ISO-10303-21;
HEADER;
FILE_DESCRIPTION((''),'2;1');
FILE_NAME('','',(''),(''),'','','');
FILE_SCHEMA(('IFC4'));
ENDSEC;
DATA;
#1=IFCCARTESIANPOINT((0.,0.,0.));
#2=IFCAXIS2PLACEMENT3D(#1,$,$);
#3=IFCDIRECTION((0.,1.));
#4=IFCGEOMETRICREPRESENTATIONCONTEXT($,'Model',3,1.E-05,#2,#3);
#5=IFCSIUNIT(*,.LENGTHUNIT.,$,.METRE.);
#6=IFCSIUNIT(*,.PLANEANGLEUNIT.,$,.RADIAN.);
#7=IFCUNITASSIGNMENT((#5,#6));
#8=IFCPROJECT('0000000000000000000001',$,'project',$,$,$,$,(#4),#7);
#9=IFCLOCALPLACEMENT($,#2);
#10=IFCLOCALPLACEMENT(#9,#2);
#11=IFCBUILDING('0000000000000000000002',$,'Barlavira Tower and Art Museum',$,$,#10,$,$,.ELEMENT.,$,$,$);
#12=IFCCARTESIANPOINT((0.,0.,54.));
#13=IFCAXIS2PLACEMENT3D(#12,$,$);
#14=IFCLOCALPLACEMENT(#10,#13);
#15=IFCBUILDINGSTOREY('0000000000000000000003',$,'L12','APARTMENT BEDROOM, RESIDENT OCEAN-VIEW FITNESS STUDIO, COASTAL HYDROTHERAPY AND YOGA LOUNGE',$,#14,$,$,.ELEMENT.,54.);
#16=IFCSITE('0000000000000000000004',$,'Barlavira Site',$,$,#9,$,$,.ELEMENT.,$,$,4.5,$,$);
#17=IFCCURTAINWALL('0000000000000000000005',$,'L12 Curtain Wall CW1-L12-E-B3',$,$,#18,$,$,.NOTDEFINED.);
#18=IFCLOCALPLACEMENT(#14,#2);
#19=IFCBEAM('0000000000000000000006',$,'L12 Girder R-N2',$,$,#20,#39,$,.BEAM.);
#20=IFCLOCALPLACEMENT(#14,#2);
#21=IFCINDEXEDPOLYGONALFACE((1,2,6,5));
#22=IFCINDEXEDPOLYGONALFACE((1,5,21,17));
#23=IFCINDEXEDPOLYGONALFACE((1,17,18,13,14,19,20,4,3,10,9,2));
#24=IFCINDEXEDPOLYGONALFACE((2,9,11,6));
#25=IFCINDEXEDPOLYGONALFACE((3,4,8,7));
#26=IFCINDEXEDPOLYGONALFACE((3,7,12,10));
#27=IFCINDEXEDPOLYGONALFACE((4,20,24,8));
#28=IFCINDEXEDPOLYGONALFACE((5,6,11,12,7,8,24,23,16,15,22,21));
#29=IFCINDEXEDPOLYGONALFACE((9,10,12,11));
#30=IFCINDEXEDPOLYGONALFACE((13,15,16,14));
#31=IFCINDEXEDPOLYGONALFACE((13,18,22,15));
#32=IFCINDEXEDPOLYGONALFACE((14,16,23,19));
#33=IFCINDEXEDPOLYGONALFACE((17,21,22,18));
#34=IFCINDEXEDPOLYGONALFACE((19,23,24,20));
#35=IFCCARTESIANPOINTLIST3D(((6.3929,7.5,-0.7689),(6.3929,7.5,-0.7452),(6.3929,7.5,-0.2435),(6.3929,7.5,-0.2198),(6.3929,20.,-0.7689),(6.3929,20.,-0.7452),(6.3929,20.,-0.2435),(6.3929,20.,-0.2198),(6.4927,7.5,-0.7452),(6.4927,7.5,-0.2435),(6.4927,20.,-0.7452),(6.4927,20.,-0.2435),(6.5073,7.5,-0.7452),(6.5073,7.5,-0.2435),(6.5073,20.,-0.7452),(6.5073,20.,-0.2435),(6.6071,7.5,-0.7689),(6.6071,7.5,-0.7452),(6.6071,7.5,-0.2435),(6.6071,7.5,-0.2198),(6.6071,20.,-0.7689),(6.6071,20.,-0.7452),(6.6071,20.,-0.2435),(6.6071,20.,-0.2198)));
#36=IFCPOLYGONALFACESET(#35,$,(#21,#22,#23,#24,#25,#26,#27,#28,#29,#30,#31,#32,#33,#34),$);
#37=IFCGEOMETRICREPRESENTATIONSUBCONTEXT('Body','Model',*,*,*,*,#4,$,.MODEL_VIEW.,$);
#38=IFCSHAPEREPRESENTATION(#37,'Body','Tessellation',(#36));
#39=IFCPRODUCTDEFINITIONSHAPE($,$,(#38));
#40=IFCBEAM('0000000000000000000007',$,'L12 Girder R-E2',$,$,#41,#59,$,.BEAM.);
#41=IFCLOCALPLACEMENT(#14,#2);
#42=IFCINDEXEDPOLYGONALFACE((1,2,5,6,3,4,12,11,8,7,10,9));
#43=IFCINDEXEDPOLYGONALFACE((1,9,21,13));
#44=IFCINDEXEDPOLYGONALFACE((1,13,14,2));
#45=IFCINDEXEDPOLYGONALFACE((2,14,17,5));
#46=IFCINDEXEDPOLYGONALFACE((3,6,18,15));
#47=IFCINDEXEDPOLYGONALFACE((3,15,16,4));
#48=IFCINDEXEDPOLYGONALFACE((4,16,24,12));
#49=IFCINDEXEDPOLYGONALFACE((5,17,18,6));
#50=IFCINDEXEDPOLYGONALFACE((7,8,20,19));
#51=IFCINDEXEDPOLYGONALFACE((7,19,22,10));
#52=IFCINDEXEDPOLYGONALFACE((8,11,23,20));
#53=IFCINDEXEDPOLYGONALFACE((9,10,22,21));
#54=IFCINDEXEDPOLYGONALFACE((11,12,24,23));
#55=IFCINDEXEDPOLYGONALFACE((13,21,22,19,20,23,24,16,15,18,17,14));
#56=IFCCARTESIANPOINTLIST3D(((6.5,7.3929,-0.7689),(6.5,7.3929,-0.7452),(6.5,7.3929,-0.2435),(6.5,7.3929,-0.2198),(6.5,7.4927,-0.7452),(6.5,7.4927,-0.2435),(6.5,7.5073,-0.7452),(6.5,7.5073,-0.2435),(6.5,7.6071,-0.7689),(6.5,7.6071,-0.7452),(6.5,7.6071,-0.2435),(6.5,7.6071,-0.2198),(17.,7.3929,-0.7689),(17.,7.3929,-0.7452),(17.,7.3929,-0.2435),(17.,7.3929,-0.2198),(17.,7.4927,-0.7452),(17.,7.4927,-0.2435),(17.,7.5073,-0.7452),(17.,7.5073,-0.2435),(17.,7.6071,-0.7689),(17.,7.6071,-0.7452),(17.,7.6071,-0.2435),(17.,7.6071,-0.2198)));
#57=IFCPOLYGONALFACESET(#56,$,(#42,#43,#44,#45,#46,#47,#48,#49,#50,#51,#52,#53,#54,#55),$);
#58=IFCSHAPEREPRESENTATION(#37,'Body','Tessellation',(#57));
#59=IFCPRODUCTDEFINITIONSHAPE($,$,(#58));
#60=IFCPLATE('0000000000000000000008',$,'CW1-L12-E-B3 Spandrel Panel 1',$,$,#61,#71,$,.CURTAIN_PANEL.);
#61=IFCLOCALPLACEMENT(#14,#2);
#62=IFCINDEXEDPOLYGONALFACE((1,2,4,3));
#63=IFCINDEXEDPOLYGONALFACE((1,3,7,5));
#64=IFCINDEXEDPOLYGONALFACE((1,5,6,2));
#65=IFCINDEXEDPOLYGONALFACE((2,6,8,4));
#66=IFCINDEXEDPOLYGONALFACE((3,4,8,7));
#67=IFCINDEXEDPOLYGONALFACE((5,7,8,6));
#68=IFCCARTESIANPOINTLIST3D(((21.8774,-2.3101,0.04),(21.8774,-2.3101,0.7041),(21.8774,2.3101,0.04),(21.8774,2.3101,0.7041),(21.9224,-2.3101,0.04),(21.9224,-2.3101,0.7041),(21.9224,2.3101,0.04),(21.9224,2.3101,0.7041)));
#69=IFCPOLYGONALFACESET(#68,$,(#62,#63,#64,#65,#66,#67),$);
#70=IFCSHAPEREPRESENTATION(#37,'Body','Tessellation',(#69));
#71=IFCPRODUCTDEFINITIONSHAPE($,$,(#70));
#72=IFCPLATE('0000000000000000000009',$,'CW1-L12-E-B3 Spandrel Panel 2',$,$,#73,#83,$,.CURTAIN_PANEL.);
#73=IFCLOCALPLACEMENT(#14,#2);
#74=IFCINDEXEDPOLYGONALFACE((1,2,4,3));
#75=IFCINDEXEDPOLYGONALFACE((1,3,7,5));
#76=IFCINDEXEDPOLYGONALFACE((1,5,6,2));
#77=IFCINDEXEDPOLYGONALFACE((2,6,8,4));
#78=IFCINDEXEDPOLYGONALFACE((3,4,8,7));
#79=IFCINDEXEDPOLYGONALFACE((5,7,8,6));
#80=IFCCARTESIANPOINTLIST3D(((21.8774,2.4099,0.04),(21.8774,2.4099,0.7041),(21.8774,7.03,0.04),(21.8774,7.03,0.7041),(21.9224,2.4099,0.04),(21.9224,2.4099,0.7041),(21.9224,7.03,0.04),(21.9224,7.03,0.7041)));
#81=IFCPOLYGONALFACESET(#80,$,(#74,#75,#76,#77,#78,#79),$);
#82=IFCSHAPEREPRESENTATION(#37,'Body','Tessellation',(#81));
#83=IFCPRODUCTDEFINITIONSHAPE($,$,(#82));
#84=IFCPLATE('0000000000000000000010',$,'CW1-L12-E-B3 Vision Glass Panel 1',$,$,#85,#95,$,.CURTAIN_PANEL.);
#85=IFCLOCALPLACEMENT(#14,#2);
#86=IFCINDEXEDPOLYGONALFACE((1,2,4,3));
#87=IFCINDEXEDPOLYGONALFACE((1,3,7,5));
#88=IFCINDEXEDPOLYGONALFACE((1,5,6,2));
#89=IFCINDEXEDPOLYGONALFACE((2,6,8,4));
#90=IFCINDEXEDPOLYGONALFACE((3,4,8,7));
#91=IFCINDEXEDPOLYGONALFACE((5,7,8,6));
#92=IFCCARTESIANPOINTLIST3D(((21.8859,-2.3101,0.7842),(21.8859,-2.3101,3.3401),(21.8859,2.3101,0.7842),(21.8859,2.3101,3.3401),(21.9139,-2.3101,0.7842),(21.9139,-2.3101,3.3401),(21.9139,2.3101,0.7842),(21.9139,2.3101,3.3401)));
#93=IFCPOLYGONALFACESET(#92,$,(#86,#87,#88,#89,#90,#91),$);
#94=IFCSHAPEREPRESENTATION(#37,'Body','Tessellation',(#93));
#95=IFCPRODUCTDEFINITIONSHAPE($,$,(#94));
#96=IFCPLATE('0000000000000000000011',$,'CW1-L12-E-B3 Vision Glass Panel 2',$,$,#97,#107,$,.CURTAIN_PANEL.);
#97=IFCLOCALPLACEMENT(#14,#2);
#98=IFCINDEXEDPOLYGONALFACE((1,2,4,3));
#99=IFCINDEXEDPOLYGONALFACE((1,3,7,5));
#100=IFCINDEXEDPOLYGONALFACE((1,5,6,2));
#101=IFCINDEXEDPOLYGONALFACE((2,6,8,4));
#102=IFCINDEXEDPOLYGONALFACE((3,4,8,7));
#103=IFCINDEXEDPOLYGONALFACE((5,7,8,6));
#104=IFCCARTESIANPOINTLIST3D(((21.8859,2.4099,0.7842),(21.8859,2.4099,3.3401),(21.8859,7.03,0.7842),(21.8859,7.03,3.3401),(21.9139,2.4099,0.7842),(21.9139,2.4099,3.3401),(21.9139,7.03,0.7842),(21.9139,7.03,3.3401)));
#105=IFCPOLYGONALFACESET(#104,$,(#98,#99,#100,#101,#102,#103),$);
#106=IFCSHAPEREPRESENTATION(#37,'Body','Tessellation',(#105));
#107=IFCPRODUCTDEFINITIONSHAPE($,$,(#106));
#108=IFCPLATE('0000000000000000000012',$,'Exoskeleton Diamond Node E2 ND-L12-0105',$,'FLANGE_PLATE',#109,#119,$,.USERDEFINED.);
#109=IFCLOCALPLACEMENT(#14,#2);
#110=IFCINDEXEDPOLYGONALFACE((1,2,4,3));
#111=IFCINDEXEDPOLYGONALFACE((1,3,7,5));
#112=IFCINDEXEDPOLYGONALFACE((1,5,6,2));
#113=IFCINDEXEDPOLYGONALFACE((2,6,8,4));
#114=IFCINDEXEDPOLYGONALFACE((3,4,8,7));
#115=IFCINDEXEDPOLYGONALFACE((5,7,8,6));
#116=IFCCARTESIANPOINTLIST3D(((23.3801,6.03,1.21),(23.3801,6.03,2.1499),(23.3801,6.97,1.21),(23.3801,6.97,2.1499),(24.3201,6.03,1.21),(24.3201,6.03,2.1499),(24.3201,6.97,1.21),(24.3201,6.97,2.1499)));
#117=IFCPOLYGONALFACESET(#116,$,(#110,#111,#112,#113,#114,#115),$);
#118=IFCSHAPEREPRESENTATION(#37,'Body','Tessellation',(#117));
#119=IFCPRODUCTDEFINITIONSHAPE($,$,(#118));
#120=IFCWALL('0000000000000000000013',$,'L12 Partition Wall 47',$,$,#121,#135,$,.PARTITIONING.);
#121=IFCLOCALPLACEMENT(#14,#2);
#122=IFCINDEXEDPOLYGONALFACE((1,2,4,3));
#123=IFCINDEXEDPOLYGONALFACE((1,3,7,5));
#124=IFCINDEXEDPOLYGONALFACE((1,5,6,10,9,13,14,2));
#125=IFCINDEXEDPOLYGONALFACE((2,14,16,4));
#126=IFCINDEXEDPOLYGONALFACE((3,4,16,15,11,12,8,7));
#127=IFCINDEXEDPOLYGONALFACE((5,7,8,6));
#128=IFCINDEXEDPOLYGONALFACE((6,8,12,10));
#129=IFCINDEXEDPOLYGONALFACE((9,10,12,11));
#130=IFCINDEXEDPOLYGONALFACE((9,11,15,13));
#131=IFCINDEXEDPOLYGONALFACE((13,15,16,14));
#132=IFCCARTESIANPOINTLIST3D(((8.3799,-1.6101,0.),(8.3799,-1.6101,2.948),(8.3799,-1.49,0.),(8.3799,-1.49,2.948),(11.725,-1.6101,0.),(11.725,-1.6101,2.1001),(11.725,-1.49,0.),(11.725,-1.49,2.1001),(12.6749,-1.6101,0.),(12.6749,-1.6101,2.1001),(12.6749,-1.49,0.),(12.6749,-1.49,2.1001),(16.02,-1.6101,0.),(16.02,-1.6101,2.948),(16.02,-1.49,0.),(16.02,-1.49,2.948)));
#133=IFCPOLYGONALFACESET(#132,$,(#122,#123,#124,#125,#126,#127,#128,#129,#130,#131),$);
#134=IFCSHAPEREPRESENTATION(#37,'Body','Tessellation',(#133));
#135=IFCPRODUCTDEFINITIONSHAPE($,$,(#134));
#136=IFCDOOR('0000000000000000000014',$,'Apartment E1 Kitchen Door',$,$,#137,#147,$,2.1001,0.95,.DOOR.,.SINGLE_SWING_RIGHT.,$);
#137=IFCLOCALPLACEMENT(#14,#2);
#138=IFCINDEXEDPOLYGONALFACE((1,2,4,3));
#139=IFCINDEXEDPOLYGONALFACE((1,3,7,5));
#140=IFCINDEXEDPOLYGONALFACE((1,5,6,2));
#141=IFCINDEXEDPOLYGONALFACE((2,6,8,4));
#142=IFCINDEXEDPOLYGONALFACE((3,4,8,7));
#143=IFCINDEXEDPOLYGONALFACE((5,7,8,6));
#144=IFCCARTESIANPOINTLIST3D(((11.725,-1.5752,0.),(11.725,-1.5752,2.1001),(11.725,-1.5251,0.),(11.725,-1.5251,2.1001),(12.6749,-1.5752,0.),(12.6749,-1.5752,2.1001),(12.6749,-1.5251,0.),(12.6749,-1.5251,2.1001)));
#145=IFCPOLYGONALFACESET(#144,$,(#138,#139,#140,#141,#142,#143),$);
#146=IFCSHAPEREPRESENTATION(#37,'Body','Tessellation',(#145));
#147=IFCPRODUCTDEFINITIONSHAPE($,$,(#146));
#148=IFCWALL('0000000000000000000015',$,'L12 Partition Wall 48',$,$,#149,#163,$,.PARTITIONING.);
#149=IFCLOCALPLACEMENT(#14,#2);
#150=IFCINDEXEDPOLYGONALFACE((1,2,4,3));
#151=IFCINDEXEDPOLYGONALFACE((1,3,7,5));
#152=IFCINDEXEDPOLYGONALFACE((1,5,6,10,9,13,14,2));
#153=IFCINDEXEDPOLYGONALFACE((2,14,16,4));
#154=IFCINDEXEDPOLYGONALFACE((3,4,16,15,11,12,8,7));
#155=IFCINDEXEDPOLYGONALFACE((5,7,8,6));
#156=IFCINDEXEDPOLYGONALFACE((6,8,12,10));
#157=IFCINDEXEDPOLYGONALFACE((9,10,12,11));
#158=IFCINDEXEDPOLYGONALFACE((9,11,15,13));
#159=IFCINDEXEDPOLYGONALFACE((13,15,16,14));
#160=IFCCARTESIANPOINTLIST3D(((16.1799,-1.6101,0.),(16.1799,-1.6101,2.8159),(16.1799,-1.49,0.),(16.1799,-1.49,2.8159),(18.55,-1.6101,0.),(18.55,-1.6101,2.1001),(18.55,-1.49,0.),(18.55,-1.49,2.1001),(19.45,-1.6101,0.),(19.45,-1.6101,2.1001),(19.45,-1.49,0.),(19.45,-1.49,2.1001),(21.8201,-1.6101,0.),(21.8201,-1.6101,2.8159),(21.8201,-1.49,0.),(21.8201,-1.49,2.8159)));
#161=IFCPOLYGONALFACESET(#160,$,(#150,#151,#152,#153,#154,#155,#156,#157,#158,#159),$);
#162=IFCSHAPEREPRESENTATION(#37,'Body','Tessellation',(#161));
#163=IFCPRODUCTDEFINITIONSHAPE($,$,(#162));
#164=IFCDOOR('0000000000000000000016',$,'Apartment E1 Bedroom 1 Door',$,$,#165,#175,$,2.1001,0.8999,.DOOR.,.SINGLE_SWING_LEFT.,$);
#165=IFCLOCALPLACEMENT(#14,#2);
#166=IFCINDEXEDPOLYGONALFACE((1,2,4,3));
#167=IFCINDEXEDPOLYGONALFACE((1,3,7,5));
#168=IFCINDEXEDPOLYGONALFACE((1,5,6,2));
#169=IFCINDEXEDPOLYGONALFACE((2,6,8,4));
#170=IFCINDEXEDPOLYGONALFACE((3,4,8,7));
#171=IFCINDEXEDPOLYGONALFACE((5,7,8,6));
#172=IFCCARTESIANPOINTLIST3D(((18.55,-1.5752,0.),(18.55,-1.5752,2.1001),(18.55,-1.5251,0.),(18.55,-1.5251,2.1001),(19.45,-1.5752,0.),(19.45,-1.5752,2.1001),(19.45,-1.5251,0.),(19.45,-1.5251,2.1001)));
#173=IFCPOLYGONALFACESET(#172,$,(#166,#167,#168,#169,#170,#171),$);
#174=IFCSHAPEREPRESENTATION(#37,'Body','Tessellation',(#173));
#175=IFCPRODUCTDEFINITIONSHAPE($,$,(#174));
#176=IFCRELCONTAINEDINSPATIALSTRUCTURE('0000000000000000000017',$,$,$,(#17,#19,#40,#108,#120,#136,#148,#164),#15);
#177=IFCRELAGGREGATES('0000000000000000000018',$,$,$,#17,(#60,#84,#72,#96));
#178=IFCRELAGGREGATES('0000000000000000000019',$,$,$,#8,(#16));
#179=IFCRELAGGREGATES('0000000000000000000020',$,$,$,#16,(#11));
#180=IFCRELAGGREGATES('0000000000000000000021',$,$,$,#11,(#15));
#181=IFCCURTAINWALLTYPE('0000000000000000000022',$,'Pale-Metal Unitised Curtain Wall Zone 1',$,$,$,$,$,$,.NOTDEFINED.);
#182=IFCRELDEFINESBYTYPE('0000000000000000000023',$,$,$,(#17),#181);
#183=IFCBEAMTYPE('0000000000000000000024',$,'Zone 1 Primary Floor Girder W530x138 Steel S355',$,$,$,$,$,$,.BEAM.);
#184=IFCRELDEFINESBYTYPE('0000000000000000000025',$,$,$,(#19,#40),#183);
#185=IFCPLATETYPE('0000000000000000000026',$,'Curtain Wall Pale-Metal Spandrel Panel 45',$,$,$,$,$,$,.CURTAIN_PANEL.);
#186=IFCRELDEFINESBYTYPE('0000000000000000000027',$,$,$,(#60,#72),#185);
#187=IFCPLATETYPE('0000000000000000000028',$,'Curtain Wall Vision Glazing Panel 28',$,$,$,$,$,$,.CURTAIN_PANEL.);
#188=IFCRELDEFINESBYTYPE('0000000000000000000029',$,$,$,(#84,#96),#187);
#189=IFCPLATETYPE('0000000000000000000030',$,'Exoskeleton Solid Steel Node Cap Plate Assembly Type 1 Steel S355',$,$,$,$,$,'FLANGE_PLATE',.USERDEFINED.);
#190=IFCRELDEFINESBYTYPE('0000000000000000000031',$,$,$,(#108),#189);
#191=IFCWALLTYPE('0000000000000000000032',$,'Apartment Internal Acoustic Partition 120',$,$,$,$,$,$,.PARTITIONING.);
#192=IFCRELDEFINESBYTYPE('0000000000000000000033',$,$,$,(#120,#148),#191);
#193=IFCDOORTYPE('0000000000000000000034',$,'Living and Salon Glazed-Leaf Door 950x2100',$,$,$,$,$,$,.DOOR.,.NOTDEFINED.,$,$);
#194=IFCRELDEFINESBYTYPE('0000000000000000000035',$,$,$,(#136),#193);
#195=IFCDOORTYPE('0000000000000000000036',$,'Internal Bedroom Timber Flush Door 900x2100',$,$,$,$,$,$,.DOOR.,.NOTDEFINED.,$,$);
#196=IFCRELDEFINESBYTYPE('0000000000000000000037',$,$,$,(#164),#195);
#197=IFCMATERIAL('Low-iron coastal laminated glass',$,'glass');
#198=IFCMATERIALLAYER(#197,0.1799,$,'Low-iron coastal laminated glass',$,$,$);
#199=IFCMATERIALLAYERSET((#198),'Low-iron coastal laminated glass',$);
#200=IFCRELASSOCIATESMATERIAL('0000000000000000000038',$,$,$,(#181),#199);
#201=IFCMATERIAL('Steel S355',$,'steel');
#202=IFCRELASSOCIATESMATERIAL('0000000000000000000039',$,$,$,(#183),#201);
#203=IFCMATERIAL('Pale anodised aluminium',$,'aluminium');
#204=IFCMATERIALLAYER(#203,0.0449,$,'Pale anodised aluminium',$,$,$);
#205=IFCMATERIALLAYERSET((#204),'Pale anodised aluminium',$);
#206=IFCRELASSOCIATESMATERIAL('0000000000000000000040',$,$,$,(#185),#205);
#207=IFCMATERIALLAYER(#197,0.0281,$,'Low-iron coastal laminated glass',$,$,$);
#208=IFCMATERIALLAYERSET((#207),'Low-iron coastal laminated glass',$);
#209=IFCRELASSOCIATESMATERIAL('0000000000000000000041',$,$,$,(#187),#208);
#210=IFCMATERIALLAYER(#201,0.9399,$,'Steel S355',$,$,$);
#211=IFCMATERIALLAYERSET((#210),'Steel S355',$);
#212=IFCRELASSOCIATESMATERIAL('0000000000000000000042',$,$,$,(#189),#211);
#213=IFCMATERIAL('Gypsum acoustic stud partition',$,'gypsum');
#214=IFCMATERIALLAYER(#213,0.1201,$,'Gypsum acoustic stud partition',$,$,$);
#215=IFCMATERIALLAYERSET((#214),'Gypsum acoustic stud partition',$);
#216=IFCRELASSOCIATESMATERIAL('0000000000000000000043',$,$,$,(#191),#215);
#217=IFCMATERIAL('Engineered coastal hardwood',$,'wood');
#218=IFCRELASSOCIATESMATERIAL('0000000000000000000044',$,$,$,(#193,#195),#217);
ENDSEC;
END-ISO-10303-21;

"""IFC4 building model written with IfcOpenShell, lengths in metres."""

from ifc_helpers import new_model, si_unit, direction, frame, frame_2d, origin, origin_2d, place, context, subcontext, project, spatial, rectangle, i_section, extrude, material, layer, layer_set, material_profile, profile_set, type_object, element, fill, aggregate, save


model = new_model("IFC4")

# Units and contexts
model_context = context("Model", 3, precision=1e-05, world=origin(), true_north=direction((0.0, 1.0)))
body_context = subcontext(model_context, "Body", "Model", "MODEL_VIEW")
ifc_project = project(units=[si_unit("LENGTHUNIT", "METRE"), si_unit("PLANEANGLEUNIT", "RADIAN")], contexts=[model_context])

# Site, building, storey
site_placement = place(None, origin())
site = spatial("IfcSite", under=ifc_project, at=site_placement, Name="Barlavira Site", CompositionType="ELEMENT", RefElevation=4.5)
building_placement = place(site_placement, origin())
building = spatial("IfcBuilding", under=site, at=building_placement, Name="Barlavira Tower and Art Museum", CompositionType="ELEMENT")
storey_placement = place(building_placement, frame((0.0, 0.0, 54.0)))
storey = spatial("IfcBuildingStorey", under=building, at=storey_placement, Name="L12", Description="APARTMENT BEDROOM, RESIDENT OCEAN-VIEW FITNESS STUDIO, COASTAL HYDROTHERAPY AND YOGA LOUNGE", CompositionType="ELEMENT", Elevation=54.0)

# Shared definitions
ifc_material_1 = material(Name="Steel S355", Category="steel")

# Curtain wall
ifc_material_2 = material(Name="Low-iron coastal laminated glass", Category="glass")
ifc_layer_1 = layer(ifc_material_2, 0.1799, Name="Low-iron coastal laminated glass")
ifc_layer_set_1 = layer_set([ifc_layer_1], Name="Low-iron coastal laminated glass")
curtain_wall_type = type_object("IfcCurtainWallType", Name="Pale-Metal Unitised Curtain Wall Zone 1", PredefinedType="NOTDEFINED", material=ifc_layer_set_1)
curtain_wall_placement = place(storey_placement, origin())
curtain_wall = element("IfcCurtainWall", 1, at=curtain_wall_placement, inside=storey, type_object=curtain_wall_type, Name="L12 Curtain Wall CW1-L12-E-B3", PredefinedType="NOTDEFINED")
ifc_material_3 = material(Name="Pale anodised aluminium", Category="aluminium")

# Beams
ifc_material_profile_1 = material_profile(ifc_material_1, i_section(OverallWidth=0.2141, OverallDepth=0.5491, WebThickness=0.0146, FlangeThickness=0.0237, at=origin_2d()), Name="W530x138.0")
ifc_profile_set_1 = profile_set([ifc_material_profile_1], Name="Steel S355")
beam_type = type_object("IfcBeamType", Name="Zone 1 Primary Floor Girder W530x138 Steel S355", PredefinedType="BEAM", material=ifc_profile_set_1)
beam_1_placement = place(storey_placement, frame((6.5, 7.5, -0.4944), z_axis=(0.0, 1.0, 0.0), x_axis=(-1.0, 0.0, 0.0)))
element("IfcBeam", 2, at=beam_1_placement, inside=storey, type_object=beam_type, Name="L12 Girder R-N2", PredefinedType="BEAM", context=body_context, shape_type="SweptSolid", body=[
    extrude(i_section(OverallWidth=0.2141, OverallDepth=0.5491, WebThickness=0.0146, FlangeThickness=0.0237, at=origin_2d()), origin(), (0.0, 0.0, 1.0), 12.5),
])
beam_2_placement = place(storey_placement, frame((6.5, 7.5, -0.4944), z_axis=(1.0, 0.0, 0.0), x_axis=(0.0, 1.0, 0.0)))
element("IfcBeam", 3, at=beam_2_placement, inside=storey, type_object=beam_type, Name="L12 Girder R-E2", PredefinedType="BEAM", context=body_context, shape_type="SweptSolid", body=[
    extrude(i_section(OverallWidth=0.2141, OverallDepth=0.5491, WebThickness=0.0146, FlangeThickness=0.0237, at=origin_2d()), origin(), (0.0, 0.0, 1.0), 10.5),
])

# Plates
ifc_layer_2 = layer(ifc_material_3, 0.0449, Name="Pale anodised aluminium")
ifc_layer_set_2 = layer_set([ifc_layer_2], Name="Pale anodised aluminium")
plate_type_1 = type_object("IfcPlateType", Name="Curtain Wall Pale-Metal Spandrel Panel 45", PredefinedType="CURTAIN_PANEL", material=ifc_layer_set_2)
plate_1_placement = place(storey_placement, frame((21.8999, 0.0, 0.04), z_axis=(0.0, 0.0, 1.0), x_axis=(0.0, 1.0, 0.0)))
plate_1 = element("IfcPlate", 4, at=plate_1_placement, type_object=plate_type_1, Name="CW1-L12-E-B3 Spandrel Panel 1", PredefinedType="CURTAIN_PANEL", context=body_context, shape_type="SweptSolid", body=[
    extrude(rectangle(XDim=4.6201, YDim=0.0449, at=origin_2d()), origin(), (0.0, 0.0, 1.0), 0.6641),
])
plate_2_placement = place(storey_placement, frame((21.8999, 4.72, 0.04), z_axis=(0.0, 0.0, 1.0), x_axis=(0.0, 1.0, 0.0)))
plate_2 = element("IfcPlate", 5, at=plate_2_placement, type_object=plate_type_1, Name="CW1-L12-E-B3 Spandrel Panel 2", PredefinedType="CURTAIN_PANEL", context=body_context, shape_type="SweptSolid", body=[
    extrude(rectangle(XDim=4.6201, YDim=0.0449, at=origin_2d()), origin(), (0.0, 0.0, 1.0), 0.6641),
])
ifc_layer_3 = layer(ifc_material_2, 0.0281, Name="Low-iron coastal laminated glass")
ifc_layer_set_3 = layer_set([ifc_layer_3], Name="Low-iron coastal laminated glass")
plate_type_2 = type_object("IfcPlateType", Name="Curtain Wall Vision Glazing Panel 28", PredefinedType="CURTAIN_PANEL", material=ifc_layer_set_3)
plate_3_placement = place(storey_placement, frame((21.8999, 0.0, 0.7842), z_axis=(0.0, 0.0, 1.0), x_axis=(0.0, 1.0, 0.0)))
plate_3 = element("IfcPlate", 6, at=plate_3_placement, type_object=plate_type_2, Name="CW1-L12-E-B3 Vision Glass Panel 1", PredefinedType="CURTAIN_PANEL", context=body_context, shape_type="SweptSolid", body=[
    extrude(rectangle(XDim=4.6201, YDim=0.0281, at=origin_2d()), origin(), (0.0, 0.0, 1.0), 2.5559),
])
plate_4_placement = place(storey_placement, frame((21.8999, 4.72, 0.7842), z_axis=(0.0, 0.0, 1.0), x_axis=(0.0, 1.0, 0.0)))
plate_4 = element("IfcPlate", 7, at=plate_4_placement, type_object=plate_type_2, Name="CW1-L12-E-B3 Vision Glass Panel 2", PredefinedType="CURTAIN_PANEL", context=body_context, shape_type="SweptSolid", body=[
    extrude(rectangle(XDim=4.6201, YDim=0.0281, at=origin_2d()), origin(), (0.0, 0.0, 1.0), 2.5559),
])
aggregate(curtain_wall, [plate_1, plate_3, plate_2, plate_4])
ifc_layer_4 = layer(ifc_material_1, 0.9399, Name="Steel S355")
ifc_layer_set_4 = layer_set([ifc_layer_4], Name="Steel S355")
plate_type_3 = type_object("IfcPlateType", Name="Exoskeleton Solid Steel Node Cap Plate Assembly Type 1 Steel S355", ElementType="FLANGE_PLATE", PredefinedType="USERDEFINED", material=ifc_layer_set_4)
plate_5_placement = place(storey_placement, frame((23.8501, 6.5, 1.21), z_axis=(0.0, 0.0, 1.0), x_axis=(1.0, 0.0, 0.0)))
element("IfcPlate", 8, at=plate_5_placement, inside=storey, type_object=plate_type_3, Name="Exoskeleton Diamond Node E2 ND-L12-0105", ObjectType="FLANGE_PLATE", PredefinedType="USERDEFINED", context=body_context, shape_type="SweptSolid", body=[
    extrude(rectangle(XDim=0.9399, YDim=0.9399, at=origin_2d()), origin(), (0.0, 0.0, 1.0), 0.9399),
])

# Walls, openings, doors
ifc_material_4 = material(Name="Gypsum acoustic stud partition", Category="gypsum")
ifc_layer_5 = layer(ifc_material_4, 0.1201, Name="Gypsum acoustic stud partition")
ifc_layer_set_5 = layer_set([ifc_layer_5], Name="Gypsum acoustic stud partition")
wall_type = type_object("IfcWallType", Name="Apartment Internal Acoustic Partition 120", PredefinedType="PARTITIONING", material=ifc_layer_set_5)
wall_1_placement = place(storey_placement, frame((8.3799, -1.55, 0.0), z_axis=(0.0, 0.0, 1.0), x_axis=(1.0, 0.0, 0.0)))
wall_1 = element("IfcWall", 9, at=wall_1_placement, inside=storey, type_object=wall_type, Name="L12 Partition Wall 47", PredefinedType="PARTITIONING", context=body_context, shape_type="SweptSolid", body=[
    extrude(rectangle(XDim=7.6401, YDim=0.1201, at=frame_2d((3.8201, 0.0))), origin(), (0.0, 0.0, 1.0), 2.948),
])
opening_1_placement = place(wall_1_placement, frame((3.345, 0.0, 0.0)))
opening_1 = element("IfcOpeningElement", 10, at=opening_1_placement, cuts=wall_1, PredefinedType="OPENING", context=body_context, shape_type="SweptSolid", body=[
    extrude(rectangle(XDim=0.95, YDim=2.1001, at=frame_2d((0.4751, 1.05))), frame((0.0, 0.0701, 0.0), z_axis=(0.0, -1.0, 0.0), x_axis=(1.0, 0.0, 0.0)), (0.0, 0.0, 1.0), 0.1401),
])
ifc_material_5 = material(Name="Engineered coastal hardwood", Category="wood")
door_type_1 = type_object("IfcDoorType", Name="Living and Salon Glazed-Leaf Door 950x2100", OperationType="NOTDEFINED", PredefinedType="DOOR", material=ifc_material_5)
door_1_placement = place(opening_1_placement, origin())
door_1 = element("IfcDoor", 11, at=door_1_placement, inside=storey, type_object=door_type_1, Name="Apartment E1 Kitchen Door", OperationType="SINGLE_SWING_RIGHT", OverallHeight=2.1001, OverallWidth=0.95, PredefinedType="DOOR", context=body_context, shape_type="SweptSolid", body=[
    extrude(rectangle(XDim=0.95, YDim=2.1001, at=frame_2d((0.4751, 1.05))), frame((0.0, 0.0249, 0.0), z_axis=(0.0, -1.0, 0.0), x_axis=(1.0, 0.0, 0.0)), (0.0, 0.0, 1.0), 0.05),
])
fill(opening_1, door_1)
wall_2_placement = place(storey_placement, frame((16.1799, -1.55, 0.0), z_axis=(0.0, 0.0, 1.0), x_axis=(1.0, 0.0, 0.0)))
wall_2 = element("IfcWall", 12, at=wall_2_placement, inside=storey, type_object=wall_type, Name="L12 Partition Wall 48", PredefinedType="PARTITIONING", context=body_context, shape_type="SweptSolid", body=[
    extrude(rectangle(XDim=5.6401, YDim=0.1201, at=frame_2d((2.8201, 0.0))), origin(), (0.0, 0.0, 1.0), 2.8159),
])
opening_2_placement = place(wall_2_placement, frame((2.3701, 0.0, 0.0)))
opening_2 = element("IfcOpeningElement", 13, at=opening_2_placement, cuts=wall_2, PredefinedType="OPENING", context=body_context, shape_type="SweptSolid", body=[
    extrude(rectangle(XDim=0.8999, YDim=2.1001, at=frame_2d((0.45, 1.05))), frame((0.0, 0.0701, 0.0), z_axis=(0.0, -1.0, 0.0), x_axis=(1.0, 0.0, 0.0)), (0.0, 0.0, 1.0), 0.1401),
])
door_type_2 = type_object("IfcDoorType", Name="Internal Bedroom Timber Flush Door 900x2100", OperationType="NOTDEFINED", PredefinedType="DOOR", material=ifc_material_5)
door_2_placement = place(opening_2_placement, origin())
door_2 = element("IfcDoor", 14, at=door_2_placement, inside=storey, type_object=door_type_2, Name="Apartment E1 Bedroom 1 Door", OperationType="SINGLE_SWING_LEFT", OverallHeight=2.1001, OverallWidth=0.8999, PredefinedType="DOOR", context=body_context, shape_type="SweptSolid", body=[
    extrude(rectangle(XDim=0.8999, YDim=2.1001, at=frame_2d((0.45, 1.05))), frame((0.0, 0.0249, 0.0), z_axis=(0.0, -1.0, 0.0), x_axis=(1.0, 0.0, 0.0)), (0.0, 0.0, 1.0), 0.05),
])
fill(opening_2, door_2)

save(model, "model.ifc")
